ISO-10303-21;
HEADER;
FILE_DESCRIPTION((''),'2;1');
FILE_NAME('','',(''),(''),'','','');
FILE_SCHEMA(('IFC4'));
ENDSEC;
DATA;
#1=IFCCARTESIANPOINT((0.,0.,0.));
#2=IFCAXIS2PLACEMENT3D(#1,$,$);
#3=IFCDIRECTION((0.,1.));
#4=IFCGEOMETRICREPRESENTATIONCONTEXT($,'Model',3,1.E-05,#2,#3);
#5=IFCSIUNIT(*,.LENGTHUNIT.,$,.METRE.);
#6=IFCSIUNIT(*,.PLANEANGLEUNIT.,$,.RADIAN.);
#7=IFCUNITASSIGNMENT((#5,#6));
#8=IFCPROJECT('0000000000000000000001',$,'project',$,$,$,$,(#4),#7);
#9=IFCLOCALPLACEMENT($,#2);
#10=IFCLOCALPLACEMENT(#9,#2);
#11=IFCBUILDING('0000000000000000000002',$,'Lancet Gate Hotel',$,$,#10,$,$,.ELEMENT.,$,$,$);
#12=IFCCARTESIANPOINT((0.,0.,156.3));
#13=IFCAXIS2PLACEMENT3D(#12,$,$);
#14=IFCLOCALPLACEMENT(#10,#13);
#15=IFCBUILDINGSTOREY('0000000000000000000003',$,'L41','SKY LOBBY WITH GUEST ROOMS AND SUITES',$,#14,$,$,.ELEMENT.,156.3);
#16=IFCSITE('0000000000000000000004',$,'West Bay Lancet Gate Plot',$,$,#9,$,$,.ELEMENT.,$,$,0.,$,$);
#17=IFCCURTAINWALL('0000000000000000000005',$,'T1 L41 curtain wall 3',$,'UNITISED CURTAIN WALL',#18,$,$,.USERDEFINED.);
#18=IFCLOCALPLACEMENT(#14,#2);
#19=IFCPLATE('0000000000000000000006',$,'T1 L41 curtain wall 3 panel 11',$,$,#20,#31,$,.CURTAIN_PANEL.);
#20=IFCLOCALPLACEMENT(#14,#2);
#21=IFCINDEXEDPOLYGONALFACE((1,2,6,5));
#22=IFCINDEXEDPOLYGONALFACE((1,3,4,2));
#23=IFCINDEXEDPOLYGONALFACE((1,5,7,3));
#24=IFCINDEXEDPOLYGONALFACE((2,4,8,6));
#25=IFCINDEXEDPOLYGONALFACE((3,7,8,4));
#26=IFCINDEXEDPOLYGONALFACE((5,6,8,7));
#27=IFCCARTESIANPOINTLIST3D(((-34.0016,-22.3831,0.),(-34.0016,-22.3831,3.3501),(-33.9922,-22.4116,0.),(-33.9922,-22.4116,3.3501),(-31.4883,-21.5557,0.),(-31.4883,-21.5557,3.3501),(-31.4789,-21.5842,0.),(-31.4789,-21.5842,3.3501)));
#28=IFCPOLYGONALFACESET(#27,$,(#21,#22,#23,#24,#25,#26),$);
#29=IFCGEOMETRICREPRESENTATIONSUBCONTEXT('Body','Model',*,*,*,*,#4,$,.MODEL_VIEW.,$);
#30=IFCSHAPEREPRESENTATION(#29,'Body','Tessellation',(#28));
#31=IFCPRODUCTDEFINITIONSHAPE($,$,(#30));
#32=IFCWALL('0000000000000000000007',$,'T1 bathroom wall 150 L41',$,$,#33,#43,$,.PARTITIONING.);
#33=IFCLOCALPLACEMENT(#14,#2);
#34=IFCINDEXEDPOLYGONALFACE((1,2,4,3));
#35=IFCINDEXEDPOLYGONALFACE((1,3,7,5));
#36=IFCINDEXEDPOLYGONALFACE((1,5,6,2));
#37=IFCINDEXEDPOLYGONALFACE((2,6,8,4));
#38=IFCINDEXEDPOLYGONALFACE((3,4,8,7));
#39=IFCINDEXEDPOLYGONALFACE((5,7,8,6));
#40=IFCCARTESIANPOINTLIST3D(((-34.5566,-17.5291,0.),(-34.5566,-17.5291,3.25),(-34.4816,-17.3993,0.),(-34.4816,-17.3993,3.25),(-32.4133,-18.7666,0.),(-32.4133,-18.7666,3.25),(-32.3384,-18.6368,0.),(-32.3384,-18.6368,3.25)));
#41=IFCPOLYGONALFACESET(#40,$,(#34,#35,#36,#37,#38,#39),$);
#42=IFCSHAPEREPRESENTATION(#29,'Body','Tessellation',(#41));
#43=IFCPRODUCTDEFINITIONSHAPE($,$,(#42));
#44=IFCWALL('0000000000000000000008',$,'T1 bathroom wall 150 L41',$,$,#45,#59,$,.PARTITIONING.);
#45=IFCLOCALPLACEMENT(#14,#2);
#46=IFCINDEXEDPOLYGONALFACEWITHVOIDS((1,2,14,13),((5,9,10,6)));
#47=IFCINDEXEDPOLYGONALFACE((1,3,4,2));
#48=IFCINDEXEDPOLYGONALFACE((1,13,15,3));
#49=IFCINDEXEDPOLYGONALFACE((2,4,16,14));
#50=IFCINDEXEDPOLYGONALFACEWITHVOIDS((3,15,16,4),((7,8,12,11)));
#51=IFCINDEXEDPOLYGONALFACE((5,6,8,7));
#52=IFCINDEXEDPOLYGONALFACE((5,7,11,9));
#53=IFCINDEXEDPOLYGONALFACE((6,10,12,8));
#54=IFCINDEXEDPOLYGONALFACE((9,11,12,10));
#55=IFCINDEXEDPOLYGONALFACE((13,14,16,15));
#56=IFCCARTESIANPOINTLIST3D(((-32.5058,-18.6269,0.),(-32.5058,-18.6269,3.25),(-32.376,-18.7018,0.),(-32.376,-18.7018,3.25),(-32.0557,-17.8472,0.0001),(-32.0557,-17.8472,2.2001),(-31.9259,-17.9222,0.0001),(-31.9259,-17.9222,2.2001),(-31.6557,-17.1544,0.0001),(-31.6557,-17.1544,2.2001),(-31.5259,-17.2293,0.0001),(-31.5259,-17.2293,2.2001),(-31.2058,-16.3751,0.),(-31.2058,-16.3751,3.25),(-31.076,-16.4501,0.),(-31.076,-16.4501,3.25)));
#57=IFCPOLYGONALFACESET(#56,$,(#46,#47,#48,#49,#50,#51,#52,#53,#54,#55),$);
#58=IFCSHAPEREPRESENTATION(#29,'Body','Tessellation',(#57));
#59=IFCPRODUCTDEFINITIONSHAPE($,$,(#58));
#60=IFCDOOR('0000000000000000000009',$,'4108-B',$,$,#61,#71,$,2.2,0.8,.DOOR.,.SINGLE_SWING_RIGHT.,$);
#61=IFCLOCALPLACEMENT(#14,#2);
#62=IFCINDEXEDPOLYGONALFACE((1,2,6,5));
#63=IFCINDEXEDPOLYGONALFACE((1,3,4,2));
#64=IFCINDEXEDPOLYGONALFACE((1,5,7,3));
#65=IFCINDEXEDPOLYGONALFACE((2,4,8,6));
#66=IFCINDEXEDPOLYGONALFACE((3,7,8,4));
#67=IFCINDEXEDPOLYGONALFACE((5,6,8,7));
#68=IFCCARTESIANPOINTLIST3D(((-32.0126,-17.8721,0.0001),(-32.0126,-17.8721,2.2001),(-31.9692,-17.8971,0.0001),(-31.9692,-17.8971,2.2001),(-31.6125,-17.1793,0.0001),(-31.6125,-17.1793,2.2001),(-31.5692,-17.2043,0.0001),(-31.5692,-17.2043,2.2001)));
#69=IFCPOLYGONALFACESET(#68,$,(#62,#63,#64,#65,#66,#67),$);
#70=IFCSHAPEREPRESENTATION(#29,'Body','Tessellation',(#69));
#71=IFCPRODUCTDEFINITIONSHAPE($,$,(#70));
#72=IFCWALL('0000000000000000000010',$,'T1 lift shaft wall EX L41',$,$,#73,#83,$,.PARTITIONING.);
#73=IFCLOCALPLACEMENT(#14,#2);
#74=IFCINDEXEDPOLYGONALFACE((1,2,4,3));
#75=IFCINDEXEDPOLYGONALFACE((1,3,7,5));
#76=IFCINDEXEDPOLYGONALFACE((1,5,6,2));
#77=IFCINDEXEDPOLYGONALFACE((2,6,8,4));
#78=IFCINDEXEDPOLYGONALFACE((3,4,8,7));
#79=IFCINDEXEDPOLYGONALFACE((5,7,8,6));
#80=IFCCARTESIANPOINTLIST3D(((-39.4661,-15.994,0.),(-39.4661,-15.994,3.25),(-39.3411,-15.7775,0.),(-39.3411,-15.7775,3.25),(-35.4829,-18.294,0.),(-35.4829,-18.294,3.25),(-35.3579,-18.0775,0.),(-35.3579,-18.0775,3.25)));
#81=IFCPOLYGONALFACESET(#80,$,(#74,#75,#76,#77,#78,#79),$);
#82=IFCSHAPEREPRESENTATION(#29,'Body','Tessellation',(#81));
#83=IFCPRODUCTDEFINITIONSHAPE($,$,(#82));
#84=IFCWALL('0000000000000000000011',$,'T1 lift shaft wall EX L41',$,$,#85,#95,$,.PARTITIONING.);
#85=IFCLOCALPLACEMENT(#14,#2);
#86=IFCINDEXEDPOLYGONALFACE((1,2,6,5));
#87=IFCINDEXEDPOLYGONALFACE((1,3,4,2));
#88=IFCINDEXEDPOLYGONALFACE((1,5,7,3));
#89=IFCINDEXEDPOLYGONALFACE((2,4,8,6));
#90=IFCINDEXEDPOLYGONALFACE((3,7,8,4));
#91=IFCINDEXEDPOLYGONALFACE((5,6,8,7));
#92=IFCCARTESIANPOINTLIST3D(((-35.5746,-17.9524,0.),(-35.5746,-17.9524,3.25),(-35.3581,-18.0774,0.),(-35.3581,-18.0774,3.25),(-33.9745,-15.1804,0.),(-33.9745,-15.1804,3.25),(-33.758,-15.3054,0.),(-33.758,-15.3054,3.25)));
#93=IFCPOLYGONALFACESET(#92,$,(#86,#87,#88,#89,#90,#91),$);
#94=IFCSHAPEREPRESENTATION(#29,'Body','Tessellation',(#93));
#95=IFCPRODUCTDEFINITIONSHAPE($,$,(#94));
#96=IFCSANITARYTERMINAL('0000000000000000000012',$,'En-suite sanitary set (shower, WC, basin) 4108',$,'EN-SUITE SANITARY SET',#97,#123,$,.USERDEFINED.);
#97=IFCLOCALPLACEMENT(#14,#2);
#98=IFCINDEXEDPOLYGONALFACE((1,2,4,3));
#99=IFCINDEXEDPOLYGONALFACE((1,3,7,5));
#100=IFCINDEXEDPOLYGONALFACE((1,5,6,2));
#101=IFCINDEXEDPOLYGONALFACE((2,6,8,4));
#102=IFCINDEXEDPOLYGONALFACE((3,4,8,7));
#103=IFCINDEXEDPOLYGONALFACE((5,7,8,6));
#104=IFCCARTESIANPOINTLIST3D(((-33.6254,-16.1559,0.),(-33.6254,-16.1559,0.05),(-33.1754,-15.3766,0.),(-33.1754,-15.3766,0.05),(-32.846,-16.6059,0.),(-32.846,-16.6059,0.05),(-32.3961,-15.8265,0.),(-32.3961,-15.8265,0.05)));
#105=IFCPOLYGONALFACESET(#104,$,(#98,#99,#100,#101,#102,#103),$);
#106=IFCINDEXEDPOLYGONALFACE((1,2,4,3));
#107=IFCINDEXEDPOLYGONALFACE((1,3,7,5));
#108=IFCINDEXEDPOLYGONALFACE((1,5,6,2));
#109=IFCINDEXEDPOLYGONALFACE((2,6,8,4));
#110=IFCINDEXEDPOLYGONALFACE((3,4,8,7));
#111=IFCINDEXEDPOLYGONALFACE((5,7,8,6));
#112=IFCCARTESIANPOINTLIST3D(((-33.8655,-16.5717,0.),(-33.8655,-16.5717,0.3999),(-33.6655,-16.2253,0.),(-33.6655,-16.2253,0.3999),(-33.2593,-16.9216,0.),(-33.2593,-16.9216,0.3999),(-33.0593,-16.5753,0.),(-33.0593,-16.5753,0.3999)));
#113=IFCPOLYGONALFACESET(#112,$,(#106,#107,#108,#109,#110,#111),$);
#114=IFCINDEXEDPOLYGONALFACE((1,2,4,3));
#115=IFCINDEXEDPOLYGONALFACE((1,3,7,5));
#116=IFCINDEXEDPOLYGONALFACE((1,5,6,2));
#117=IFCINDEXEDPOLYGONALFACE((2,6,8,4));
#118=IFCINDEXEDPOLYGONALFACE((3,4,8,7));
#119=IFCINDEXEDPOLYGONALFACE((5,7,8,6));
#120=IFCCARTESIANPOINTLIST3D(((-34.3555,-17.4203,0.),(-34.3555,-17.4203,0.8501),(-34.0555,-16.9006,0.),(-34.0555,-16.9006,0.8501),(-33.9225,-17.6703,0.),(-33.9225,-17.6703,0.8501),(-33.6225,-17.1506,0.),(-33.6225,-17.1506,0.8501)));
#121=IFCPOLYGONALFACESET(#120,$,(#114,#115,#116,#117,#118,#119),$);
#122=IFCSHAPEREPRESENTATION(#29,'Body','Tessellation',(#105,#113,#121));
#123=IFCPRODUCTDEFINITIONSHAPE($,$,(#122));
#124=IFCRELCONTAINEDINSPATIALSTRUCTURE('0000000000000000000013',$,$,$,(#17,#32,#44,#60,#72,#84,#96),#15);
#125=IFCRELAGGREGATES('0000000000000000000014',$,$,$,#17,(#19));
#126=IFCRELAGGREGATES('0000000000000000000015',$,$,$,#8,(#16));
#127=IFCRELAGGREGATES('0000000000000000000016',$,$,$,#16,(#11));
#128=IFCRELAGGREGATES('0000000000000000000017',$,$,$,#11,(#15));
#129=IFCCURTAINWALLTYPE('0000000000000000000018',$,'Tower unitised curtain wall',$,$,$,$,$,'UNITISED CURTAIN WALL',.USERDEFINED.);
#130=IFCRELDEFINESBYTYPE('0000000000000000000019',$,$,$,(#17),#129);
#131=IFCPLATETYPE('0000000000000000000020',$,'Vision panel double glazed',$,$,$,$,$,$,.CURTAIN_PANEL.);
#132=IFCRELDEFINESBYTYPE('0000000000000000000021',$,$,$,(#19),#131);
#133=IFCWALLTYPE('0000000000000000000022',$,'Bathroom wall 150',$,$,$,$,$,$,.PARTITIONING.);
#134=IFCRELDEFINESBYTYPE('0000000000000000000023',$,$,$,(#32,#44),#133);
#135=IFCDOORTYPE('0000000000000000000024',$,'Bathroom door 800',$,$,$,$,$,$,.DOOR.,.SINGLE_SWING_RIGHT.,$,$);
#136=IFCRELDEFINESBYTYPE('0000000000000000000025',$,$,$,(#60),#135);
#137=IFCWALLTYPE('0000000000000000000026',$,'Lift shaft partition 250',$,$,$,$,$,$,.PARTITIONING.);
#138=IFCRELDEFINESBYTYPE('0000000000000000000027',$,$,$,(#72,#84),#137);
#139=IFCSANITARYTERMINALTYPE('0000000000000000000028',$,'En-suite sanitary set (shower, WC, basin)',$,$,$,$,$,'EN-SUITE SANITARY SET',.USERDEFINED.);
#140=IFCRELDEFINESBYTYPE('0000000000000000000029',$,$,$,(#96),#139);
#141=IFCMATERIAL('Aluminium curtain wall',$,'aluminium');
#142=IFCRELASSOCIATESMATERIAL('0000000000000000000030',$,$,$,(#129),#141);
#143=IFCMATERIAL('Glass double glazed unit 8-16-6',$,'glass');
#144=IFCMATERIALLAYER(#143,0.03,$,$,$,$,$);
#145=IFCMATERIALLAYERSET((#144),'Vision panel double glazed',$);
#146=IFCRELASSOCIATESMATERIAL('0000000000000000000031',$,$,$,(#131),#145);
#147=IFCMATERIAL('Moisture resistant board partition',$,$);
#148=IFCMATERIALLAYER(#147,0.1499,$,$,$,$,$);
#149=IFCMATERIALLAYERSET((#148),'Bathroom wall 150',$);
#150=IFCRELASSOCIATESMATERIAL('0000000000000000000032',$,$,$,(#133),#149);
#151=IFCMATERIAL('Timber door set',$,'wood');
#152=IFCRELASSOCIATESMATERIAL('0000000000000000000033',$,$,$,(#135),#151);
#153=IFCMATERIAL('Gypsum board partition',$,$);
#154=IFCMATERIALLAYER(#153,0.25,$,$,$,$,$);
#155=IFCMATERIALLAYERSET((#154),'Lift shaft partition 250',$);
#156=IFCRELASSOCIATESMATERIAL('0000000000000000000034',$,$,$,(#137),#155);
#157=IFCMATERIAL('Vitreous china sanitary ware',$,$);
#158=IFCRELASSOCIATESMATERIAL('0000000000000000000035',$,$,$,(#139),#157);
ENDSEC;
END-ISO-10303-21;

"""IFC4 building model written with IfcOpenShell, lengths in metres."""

from ifc_helpers import new_model, si_unit, direction, frame, frame_2d, origin, origin_2d, place, context, subcontext, project, spatial, rectangle, extrude, material, layer, layer_set, type_object, element, fill, aggregate, save


model = new_model("IFC4")

# Units and contexts
model_context = context("Model", 3, precision=1e-05, world=origin(), true_north=direction((0.0, 1.0)))
body_context = subcontext(model_context, "Body", "Model", "MODEL_VIEW")
ifc_project = project(units=[si_unit("LENGTHUNIT", "METRE"), si_unit("PLANEANGLEUNIT", "RADIAN")], contexts=[model_context])

# Site, building, storey
site_placement = place(None, origin())
site = spatial("IfcSite", under=ifc_project, at=site_placement, Name="West Bay Lancet Gate Plot", CompositionType="ELEMENT", RefElevation=0.0)
building_placement = place(site_placement, origin())
building = spatial("IfcBuilding", under=site, at=building_placement, Name="Lancet Gate Hotel", CompositionType="ELEMENT")
storey_placement = place(building_placement, frame((0.0, 0.0, 156.3)))
storey = spatial("IfcBuildingStorey", under=building, at=storey_placement, Name="L41", Description="SKY LOBBY WITH GUEST ROOMS AND SUITES", CompositionType="ELEMENT", Elevation=156.3)

# Curtain wall
ifc_material_1 = material(Name="Aluminium curtain wall", Category="aluminium")
curtain_wall_type = type_object("IfcCurtainWallType", Name="Tower unitised curtain wall", ElementType="UNITISED CURTAIN WALL", PredefinedType="USERDEFINED", material=ifc_material_1)
curtain_wall_placement = place(storey_placement, origin())
curtain_wall = element("IfcCurtainWall", 1, at=curtain_wall_placement, inside=storey, type_object=curtain_wall_type, Name="T1 L41 curtain wall 3", ObjectType="UNITISED CURTAIN WALL", PredefinedType="USERDEFINED")

# Plate
ifc_material_2 = material(Name="Glass double glazed unit 8-16-6", Category="glass")
ifc_layer_1 = layer(ifc_material_2, 0.03)
ifc_layer_set_1 = layer_set([ifc_layer_1], Name="Vision panel double glazed")
plate_type = type_object("IfcPlateType", Name="Vision panel double glazed", PredefinedType="CURTAIN_PANEL", material=ifc_layer_set_1)
plate_1_placement = place(storey_placement, frame((-32.7402, -21.9836, 0.0), z_axis=(0.0, 0.0, 1.0), x_axis=(0.949848, 0.312712, 0.0)))
plate_1 = element("IfcPlate", 2, at=plate_1_placement, type_object=plate_type, Name="T1 L41 curtain wall 3 panel 11", PredefinedType="CURTAIN_PANEL", context=body_context, shape_type="SweptSolid", body=[
    extrude(rectangle(XDim=2.646, YDim=0.03, at=origin_2d()), origin(), (0.0, 0.0, 1.0), 3.3501),
])
aggregate(curtain_wall, [plate_1])

# Wall
ifc_material_3 = material(Name="Moisture resistant board partition")
ifc_layer_2 = layer(ifc_material_3, 0.1499)
ifc_layer_set_2 = layer_set([ifc_layer_2], Name="Bathroom wall 150")
wall_type_1 = type_object("IfcWallType", Name="Bathroom wall 150", PredefinedType="PARTITIONING", material=ifc_layer_set_2)
wall_1_placement = place(storey_placement, frame((-32.376, -18.7017, 0.0), z_axis=(0.0, 0.0, 1.0), x_axis=(-0.866007, 0.500033, 0.0)))
element("IfcWall", 3, at=wall_1_placement, inside=storey, type_object=wall_type_1, Name="T1 bathroom wall 150 L41", PredefinedType="PARTITIONING", context=body_context, shape_type="SweptSolid", body=[
    extrude(rectangle(XDim=2.4749, YDim=0.1499, at=frame_2d((1.2373, 0.0))), origin(), (0.0, 0.0, 1.0), 3.25),
])

# Wall, opening, door
wall_2_placement = place(storey_placement, frame((-31.1409, -16.4126, 0.0), z_axis=(0.0, 0.0, 1.0), x_axis=(-0.500007, -0.866021, 0.0)))
wall_2 = element("IfcWall", 4, at=wall_2_placement, inside=storey, type_object=wall_type_1, Name="T1 bathroom wall 150 L41", PredefinedType="PARTITIONING", context=body_context, shape_type="SweptSolid", body=[
    extrude(rectangle(XDim=2.6001, YDim=0.1499, at=frame_2d((1.3, 0.0))), origin(), (0.0, 0.0, 1.0), 3.25),
])
opening_placement = place(wall_2_placement, frame((0.8999, 0.0, 0.0)))
opening = element("IfcOpeningElement", 5, at=opening_placement, cuts=wall_2, PredefinedType="OPENING", context=body_context, shape_type="SweptSolid", body=[
    extrude(rectangle(XDim=0.8, YDim=2.2, at=frame_2d((0.3999, 1.1001))), frame((0.0, 0.085, 0.0), z_axis=(0.0, -1.0, 0.0), x_axis=(1.0, 0.0, 0.0)), (0.0, 0.0, 1.0), 0.1699),
])
ifc_material_4 = material(Name="Timber door set", Category="wood")
door_type = type_object("IfcDoorType", Name="Bathroom door 800", OperationType="SINGLE_SWING_RIGHT", PredefinedType="DOOR", material=ifc_material_4)
door_placement = place(opening_placement, origin())
door = element("IfcDoor", 6, at=door_placement, inside=storey, type_object=door_type, Name="4108-B", OperationType="SINGLE_SWING_RIGHT", OverallHeight=2.2, OverallWidth=0.8, PredefinedType="DOOR", context=body_context, shape_type="SweptSolid", body=[
    extrude(rectangle(XDim=0.8, YDim=2.2, at=frame_2d((0.3999, 1.1001))), frame((0.0, 0.0249, 0.0), z_axis=(0.0, -1.0, 0.0), x_axis=(1.0, 0.0, 0.0)), (0.0, 0.0, 1.0), 0.05),
])
fill(opening, door)

# Walls
ifc_material_5 = material(Name="Gypsum board partition")
ifc_layer_3 = layer(ifc_material_5, 0.25)
ifc_layer_set_3 = layer_set([ifc_layer_3], Name="Lift shaft partition 250")
wall_type_2 = type_object("IfcWallType", Name="Lift shaft partition 250", PredefinedType="PARTITIONING", material=ifc_layer_set_3)
wall_3_placement = place(storey_placement, frame((-35.4204, -18.1858, 0.0), z_axis=(0.0, 0.0, 1.0), x_axis=(-0.86599, 0.500061, 0.0)))
element("IfcWall", 7, at=wall_3_placement, inside=storey, type_object=wall_type_2, Name="T1 lift shaft wall EX L41", PredefinedType="PARTITIONING", context=body_context, shape_type="SweptSolid", body=[
    extrude(rectangle(XDim=4.5996, YDim=0.25, at=frame_2d((2.2998, 0.0))), origin(), (0.0, 0.0, 1.0), 3.25),
])
wall_4_placement = place(storey_placement, frame((-33.8662, -15.2429, 0.0), z_axis=(0.0, 0.0, 1.0), x_axis=(-0.499929, -0.866066, 0.0)))
element("IfcWall", 8, at=wall_4_placement, inside=storey, type_object=wall_type_2, Name="T1 lift shaft wall EX L41", PredefinedType="PARTITIONING", context=body_context, shape_type="SweptSolid", body=[
    extrude(rectangle(XDim=3.2007, YDim=0.25, at=frame_2d((1.6003, 0.0))), origin(), (0.0, 0.0, 1.0), 3.25),
])

# Sanitary terminal
ifc_material_6 = material(Name="Vitreous china sanitary ware")
sanitary_terminal_type = type_object("IfcSanitaryTerminalType", Name="En-suite sanitary set (shower, WC, basin)", ElementType="EN-SUITE SANITARY SET", PredefinedType="USERDEFINED", material=ifc_material_6)
sanitary_terminal_placement = place(storey_placement, frame((-33.0107, -15.9912, 0.0), z_axis=(0.0, 0.0, 1.0), x_axis=(1.0, 0.0, 0.0)))
element("IfcSanitaryTerminal", 9, at=sanitary_terminal_placement, inside=storey, type_object=sanitary_terminal_type, Name="En-suite sanitary set (shower, WC, basin) 4108", ObjectType="EN-SUITE SANITARY SET", PredefinedType="USERDEFINED", context=body_context, shape_type="SweptSolid", body=[
    extrude(rectangle(XDim=0.8999, YDim=0.8999, at=origin_2d()), frame((0.0, 0.0, 0.0), z_axis=(0.0, 0.0, 1.0), x_axis=(0.5, 0.866025, 0.0)), (0.0, 0.0, 1.0), 0.05),
    extrude(rectangle(XDim=0.3999, YDim=0.7, at=origin_2d()), frame((-0.4517, -0.5823, 0.0), z_axis=(0.0, 0.0, 1.0), x_axis=(0.5, 0.866025, 0.0)), (0.0, 0.0, 1.0), 0.3999),
    extrude(rectangle(XDim=0.6001, YDim=0.5, at=origin_2d()), frame((-0.9783, -1.2942, 0.0), z_axis=(0.0, 0.0, 1.0), x_axis=(0.5, 0.866025, 0.0)), (0.0, 0.0, 1.0), 0.8501),
])

save(model, "model.ifc")
